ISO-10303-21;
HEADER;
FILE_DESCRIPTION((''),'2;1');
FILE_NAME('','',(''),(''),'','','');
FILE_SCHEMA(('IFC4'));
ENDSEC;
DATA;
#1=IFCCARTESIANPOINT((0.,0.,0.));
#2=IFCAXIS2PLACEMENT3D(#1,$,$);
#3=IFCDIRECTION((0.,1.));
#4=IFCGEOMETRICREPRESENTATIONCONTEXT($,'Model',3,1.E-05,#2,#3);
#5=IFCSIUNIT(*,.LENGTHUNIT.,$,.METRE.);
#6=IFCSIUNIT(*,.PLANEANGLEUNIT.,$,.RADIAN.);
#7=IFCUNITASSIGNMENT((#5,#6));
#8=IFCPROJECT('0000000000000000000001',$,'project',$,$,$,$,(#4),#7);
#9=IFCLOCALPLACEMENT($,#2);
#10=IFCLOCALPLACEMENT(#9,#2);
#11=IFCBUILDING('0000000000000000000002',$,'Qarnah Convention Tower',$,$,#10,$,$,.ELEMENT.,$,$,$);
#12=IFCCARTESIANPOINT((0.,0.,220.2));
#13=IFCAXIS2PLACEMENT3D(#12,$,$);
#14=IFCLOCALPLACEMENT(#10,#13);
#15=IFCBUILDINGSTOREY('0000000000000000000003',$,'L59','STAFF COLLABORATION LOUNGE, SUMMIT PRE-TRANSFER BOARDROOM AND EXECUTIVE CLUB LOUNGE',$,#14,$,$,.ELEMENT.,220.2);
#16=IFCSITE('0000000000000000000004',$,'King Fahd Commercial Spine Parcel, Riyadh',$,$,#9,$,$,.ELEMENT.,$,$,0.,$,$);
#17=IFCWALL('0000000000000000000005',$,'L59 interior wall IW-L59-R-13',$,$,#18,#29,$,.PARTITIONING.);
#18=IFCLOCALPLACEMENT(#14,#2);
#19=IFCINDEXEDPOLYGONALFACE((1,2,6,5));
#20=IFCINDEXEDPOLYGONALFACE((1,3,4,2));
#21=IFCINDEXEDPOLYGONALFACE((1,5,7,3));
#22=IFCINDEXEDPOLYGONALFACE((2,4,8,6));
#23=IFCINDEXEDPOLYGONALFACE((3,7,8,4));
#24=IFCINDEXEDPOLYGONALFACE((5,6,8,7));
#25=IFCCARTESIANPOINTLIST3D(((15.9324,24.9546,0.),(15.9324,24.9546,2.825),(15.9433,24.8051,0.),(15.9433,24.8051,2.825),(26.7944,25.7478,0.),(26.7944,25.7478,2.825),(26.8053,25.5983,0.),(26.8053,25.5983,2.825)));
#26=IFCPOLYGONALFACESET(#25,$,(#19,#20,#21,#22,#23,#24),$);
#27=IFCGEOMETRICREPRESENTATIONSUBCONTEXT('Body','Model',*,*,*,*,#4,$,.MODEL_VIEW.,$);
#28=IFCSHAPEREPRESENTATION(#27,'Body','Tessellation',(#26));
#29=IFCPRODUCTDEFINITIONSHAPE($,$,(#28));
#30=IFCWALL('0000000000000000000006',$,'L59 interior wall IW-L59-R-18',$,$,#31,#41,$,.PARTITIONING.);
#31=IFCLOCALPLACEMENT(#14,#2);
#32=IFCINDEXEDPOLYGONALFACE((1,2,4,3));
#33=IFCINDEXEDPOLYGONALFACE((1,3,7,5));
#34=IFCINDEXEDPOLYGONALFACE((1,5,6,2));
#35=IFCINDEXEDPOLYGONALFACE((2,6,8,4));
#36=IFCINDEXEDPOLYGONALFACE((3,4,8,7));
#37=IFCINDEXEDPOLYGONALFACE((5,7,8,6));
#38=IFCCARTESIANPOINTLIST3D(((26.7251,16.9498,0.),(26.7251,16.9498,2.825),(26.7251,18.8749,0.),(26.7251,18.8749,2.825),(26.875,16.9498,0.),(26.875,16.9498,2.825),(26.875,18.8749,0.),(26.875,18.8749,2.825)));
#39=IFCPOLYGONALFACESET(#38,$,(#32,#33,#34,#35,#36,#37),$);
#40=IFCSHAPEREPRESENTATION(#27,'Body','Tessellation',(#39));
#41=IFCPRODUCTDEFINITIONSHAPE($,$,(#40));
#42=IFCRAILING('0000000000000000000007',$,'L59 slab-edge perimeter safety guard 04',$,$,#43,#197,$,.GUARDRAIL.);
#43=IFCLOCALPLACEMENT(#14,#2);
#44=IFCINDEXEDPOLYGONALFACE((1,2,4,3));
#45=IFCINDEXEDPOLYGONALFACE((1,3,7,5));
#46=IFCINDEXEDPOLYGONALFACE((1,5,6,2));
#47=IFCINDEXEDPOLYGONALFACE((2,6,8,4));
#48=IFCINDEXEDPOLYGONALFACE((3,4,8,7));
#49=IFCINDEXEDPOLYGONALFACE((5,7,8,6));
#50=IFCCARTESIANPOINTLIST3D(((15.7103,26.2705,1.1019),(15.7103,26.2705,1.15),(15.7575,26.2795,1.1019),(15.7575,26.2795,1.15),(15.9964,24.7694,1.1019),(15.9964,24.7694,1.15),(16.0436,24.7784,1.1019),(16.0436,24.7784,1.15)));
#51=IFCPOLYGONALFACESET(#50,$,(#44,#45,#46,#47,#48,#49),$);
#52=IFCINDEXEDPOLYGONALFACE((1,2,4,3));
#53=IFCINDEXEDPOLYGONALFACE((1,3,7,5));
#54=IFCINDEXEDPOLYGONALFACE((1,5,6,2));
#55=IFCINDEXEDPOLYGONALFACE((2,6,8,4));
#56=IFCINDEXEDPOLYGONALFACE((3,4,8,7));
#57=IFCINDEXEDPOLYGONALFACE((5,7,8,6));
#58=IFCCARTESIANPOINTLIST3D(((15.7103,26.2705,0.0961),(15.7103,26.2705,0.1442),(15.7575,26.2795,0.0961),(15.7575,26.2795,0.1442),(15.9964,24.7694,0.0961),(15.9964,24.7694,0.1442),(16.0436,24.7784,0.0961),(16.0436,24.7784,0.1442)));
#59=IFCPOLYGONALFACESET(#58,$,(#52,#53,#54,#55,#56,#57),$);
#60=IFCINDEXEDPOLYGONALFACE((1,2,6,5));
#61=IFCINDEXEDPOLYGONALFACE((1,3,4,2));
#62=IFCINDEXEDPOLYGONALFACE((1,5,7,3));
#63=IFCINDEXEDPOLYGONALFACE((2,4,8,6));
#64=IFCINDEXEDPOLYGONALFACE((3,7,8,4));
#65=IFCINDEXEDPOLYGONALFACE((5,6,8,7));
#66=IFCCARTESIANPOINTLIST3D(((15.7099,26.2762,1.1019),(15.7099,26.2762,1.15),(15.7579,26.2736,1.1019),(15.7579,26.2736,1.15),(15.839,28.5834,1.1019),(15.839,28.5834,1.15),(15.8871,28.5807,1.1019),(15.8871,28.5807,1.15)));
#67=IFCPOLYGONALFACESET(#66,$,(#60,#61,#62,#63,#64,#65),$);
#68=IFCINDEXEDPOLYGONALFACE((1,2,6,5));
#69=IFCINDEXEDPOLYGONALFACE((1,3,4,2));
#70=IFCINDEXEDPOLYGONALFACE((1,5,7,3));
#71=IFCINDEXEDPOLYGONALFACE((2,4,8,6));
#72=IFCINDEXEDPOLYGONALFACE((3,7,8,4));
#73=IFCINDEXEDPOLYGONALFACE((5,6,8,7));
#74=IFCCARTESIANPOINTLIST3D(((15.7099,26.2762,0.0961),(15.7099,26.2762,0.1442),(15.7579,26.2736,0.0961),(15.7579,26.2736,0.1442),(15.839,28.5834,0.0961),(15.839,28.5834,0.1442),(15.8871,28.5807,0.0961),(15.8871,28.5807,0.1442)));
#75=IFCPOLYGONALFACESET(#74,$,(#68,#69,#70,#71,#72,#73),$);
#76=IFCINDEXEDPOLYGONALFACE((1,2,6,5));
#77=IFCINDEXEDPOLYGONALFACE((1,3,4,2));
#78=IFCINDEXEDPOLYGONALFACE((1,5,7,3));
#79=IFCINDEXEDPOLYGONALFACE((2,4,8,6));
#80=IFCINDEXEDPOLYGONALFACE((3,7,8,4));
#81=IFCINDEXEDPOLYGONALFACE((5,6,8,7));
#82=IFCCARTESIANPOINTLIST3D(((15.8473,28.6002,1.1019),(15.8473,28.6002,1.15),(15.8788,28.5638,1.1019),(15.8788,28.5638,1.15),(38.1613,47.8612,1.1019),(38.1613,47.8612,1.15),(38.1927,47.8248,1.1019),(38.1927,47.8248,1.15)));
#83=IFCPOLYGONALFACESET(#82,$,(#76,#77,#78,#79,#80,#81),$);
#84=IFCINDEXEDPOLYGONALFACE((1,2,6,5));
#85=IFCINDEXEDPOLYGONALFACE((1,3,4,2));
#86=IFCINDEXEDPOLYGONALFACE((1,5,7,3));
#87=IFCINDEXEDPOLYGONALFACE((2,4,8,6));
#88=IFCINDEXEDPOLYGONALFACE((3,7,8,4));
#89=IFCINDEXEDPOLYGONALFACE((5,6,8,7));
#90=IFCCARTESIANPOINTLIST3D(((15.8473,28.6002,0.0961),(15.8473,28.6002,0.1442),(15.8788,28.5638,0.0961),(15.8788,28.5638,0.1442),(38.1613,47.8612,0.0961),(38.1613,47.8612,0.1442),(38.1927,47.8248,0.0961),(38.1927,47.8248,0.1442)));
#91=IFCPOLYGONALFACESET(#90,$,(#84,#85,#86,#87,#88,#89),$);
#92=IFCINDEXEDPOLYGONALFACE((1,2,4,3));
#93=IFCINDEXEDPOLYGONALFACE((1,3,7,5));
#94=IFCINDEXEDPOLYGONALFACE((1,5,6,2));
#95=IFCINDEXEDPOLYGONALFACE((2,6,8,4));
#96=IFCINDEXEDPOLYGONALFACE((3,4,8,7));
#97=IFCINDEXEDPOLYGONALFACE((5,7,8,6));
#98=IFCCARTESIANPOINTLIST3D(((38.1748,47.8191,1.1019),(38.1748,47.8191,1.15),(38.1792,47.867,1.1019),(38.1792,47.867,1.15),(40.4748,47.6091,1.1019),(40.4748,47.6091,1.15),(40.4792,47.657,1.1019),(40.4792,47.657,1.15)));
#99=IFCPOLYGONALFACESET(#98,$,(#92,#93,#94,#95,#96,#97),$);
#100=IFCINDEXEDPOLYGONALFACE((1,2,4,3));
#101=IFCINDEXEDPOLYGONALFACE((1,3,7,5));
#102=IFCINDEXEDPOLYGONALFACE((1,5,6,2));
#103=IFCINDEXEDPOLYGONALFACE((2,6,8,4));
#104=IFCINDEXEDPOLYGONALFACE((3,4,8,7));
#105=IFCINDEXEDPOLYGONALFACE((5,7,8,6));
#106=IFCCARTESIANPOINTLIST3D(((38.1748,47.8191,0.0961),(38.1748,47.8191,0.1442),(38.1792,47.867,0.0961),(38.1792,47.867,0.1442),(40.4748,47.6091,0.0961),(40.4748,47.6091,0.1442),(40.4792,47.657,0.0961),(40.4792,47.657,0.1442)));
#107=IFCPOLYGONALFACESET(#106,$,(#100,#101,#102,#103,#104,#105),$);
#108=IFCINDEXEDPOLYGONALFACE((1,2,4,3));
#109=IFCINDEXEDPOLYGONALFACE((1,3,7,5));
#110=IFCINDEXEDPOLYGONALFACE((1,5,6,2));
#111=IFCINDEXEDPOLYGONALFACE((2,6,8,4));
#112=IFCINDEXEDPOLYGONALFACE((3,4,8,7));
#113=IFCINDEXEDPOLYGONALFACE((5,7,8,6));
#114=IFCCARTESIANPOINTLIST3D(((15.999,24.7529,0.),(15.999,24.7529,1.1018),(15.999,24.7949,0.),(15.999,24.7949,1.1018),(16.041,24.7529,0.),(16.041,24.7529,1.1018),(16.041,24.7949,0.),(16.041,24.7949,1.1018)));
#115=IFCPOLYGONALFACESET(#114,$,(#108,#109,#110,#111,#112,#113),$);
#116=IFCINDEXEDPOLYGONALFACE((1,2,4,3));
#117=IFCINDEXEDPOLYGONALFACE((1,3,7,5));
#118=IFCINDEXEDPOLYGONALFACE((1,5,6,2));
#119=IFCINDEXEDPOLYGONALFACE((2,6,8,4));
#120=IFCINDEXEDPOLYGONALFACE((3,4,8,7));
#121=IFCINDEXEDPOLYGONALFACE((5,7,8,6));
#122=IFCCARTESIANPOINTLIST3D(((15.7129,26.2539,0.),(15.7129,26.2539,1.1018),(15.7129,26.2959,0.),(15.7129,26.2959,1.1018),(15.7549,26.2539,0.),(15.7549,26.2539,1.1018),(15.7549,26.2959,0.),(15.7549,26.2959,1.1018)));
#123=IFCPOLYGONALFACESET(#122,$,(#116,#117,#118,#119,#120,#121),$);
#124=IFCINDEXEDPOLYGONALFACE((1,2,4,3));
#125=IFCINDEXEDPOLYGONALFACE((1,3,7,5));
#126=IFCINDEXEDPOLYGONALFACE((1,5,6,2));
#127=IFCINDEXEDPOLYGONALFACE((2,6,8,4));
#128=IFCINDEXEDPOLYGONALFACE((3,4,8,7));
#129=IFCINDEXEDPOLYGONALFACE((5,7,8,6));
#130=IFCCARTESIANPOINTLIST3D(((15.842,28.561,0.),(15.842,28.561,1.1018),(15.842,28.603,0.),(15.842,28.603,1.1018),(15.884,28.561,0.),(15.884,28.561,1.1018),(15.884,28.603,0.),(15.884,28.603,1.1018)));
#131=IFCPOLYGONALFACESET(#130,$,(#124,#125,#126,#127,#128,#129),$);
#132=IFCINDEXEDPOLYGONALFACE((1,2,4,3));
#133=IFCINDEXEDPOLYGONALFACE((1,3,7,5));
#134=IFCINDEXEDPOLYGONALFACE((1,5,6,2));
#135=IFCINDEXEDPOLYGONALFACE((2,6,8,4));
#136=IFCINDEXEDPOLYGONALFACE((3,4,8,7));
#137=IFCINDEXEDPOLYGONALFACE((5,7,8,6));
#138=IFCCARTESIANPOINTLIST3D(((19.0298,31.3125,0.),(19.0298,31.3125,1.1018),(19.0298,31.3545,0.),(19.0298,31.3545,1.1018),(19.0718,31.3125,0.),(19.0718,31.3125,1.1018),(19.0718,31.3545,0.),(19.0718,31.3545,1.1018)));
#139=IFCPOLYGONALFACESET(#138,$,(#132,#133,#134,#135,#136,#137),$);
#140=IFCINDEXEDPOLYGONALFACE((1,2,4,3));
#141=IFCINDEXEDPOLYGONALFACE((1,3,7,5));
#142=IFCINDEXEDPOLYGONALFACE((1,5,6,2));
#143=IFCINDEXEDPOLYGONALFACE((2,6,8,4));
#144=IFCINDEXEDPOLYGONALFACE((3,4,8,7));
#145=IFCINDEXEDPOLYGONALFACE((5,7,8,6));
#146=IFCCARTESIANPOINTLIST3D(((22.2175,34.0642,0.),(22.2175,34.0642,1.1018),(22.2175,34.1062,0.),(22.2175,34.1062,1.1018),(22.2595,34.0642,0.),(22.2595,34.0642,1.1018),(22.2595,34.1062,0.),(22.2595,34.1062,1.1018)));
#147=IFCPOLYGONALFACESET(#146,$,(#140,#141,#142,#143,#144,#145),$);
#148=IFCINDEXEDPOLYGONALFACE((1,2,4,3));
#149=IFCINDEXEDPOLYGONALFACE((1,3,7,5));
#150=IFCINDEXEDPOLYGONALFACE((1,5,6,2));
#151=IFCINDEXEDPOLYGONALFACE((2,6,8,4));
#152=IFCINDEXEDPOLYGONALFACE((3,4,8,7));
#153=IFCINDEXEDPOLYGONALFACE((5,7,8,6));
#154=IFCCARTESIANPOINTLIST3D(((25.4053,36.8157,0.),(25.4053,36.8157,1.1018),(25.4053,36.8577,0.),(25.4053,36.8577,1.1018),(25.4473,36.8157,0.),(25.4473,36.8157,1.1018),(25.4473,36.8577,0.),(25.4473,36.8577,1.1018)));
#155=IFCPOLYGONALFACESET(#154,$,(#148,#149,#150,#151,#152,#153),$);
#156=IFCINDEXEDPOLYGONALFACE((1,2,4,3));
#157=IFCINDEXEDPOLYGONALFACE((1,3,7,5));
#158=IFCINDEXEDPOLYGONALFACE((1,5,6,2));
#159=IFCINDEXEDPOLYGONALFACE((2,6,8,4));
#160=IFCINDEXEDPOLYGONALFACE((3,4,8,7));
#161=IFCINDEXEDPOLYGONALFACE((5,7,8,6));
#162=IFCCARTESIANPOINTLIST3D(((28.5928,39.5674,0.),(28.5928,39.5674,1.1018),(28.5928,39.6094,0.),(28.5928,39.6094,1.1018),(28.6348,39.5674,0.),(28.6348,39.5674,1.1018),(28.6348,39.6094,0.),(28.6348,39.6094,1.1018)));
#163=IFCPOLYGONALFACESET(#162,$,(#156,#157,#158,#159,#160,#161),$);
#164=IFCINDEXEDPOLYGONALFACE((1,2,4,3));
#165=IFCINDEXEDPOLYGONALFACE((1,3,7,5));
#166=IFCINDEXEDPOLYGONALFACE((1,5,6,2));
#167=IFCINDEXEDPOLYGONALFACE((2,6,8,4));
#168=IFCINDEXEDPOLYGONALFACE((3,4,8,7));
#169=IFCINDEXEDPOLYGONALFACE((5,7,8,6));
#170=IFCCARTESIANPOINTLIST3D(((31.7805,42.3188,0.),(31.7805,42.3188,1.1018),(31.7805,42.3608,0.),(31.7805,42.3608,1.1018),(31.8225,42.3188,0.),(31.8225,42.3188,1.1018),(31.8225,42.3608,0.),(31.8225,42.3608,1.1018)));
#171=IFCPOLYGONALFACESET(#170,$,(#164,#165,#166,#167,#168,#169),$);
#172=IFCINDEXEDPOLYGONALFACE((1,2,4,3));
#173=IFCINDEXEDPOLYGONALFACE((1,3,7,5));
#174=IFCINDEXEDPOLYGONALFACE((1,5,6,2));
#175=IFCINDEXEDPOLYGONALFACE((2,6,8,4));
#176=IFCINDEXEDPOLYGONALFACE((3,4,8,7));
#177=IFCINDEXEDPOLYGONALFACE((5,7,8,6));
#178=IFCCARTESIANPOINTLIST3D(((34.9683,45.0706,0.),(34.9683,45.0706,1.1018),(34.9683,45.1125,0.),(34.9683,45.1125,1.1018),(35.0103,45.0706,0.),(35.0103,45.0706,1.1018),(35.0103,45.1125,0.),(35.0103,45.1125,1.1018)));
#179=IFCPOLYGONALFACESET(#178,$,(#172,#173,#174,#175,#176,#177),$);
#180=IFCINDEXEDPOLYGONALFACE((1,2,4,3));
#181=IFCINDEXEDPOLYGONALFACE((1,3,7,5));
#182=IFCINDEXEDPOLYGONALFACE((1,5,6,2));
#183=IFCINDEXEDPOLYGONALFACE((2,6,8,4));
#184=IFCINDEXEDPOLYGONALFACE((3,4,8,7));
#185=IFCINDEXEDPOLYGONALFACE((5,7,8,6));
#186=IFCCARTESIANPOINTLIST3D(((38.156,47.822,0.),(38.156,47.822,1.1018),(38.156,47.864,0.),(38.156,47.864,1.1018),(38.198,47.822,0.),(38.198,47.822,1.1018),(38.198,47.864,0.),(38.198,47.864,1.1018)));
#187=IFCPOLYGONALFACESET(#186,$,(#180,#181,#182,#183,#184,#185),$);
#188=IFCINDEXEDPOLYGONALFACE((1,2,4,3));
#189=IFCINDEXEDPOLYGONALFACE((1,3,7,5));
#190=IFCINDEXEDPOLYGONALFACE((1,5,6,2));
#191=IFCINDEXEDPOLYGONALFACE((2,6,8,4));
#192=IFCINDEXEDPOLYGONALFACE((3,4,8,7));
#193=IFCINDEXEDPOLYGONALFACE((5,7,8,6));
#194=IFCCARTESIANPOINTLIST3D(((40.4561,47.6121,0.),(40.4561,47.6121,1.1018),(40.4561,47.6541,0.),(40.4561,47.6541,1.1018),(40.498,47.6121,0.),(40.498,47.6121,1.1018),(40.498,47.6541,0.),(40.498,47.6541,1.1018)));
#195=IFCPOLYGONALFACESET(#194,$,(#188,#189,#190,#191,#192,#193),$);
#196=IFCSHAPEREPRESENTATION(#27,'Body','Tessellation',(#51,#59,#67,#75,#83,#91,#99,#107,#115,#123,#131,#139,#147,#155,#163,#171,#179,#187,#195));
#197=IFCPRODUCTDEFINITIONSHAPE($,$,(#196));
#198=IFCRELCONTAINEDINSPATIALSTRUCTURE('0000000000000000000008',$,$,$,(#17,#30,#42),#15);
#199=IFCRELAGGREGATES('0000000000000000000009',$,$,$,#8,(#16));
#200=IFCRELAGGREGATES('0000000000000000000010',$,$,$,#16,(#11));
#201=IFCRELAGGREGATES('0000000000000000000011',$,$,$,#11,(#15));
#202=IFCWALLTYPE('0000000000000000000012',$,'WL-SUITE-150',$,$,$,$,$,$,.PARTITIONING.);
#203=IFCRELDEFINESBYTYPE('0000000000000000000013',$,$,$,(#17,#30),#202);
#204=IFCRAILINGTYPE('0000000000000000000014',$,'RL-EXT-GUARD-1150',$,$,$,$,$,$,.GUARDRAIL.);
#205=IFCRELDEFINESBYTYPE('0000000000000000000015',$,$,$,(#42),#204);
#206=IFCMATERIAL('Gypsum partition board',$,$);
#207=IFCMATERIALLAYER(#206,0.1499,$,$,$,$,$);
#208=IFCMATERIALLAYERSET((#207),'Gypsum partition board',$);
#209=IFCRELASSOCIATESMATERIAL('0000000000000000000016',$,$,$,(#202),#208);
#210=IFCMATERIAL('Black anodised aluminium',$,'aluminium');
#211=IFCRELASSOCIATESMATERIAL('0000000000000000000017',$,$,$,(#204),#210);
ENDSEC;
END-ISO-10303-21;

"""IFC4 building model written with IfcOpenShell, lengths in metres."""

from ifc_helpers import new_model, si_unit, direction, frame, frame_2d, origin, origin_2d, place, context, subcontext, project, spatial, rectangle, extrude, material, layer, layer_set, type_object, element, save


model = new_model("IFC4")

# Units and contexts
model_context = context("Model", 3, precision=1e-05, world=origin(), true_north=direction((0.0, 1.0)))
body_context = subcontext(model_context, "Body", "Model", "MODEL_VIEW")
ifc_project = project(units=[si_unit("LENGTHUNIT", "METRE"), si_unit("PLANEANGLEUNIT", "RADIAN")], contexts=[model_context])

# Site, building, storey
site_placement = place(None, origin())
site = spatial("IfcSite", under=ifc_project, at=site_placement, Name="King Fahd Commercial Spine Parcel, Riyadh", CompositionType="ELEMENT", RefElevation=0.0)
building_placement = place(site_placement, origin())
building = spatial("IfcBuilding", under=site, at=building_placement, Name="Qarnah Convention Tower", CompositionType="ELEMENT")
storey_placement = place(building_placement, frame((0.0, 0.0, 220.2)))
storey = spatial("IfcBuildingStorey", under=building, at=storey_placement, Name="L59", Description="STAFF COLLABORATION LOUNGE, SUMMIT PRE-TRANSFER BOARDROOM AND EXECUTIVE CLUB LOUNGE", CompositionType="ELEMENT", Elevation=220.2)

# Shared definitions
ifc_material_1 = material(Name="Black anodised aluminium", Category="aluminium")

# Walls
ifc_material_2 = material(Name="Gypsum partition board")
ifc_layer_1 = layer(ifc_material_2, 0.1499)
ifc_layer_set_1 = layer_set([ifc_layer_1], Name="Gypsum partition board")
wall_type_1 = type_object("IfcWallType", Name="WL-SUITE-150", PredefinedType="PARTITIONING", material=ifc_layer_set_1)
wall_1_placement = place(storey_placement, frame((15.938, 24.8799, 0.0), z_axis=(0.0, 0.0, 1.0), x_axis=(0.997344, 0.072832, 0.0)))
element("IfcWall", 1, at=wall_1_placement, inside=storey, type_object=wall_type_1, Name="L59 interior wall IW-L59-R-13", PredefinedType="PARTITIONING", context=body_context, shape_type="SweptSolid", body=[
    extrude(rectangle(XDim=10.8909, YDim=0.1499, at=frame_2d((5.4453, 0.0))), origin(), (0.0, 0.0, 1.0), 2.825),
])
wall_2_placement = place(storey_placement, frame((26.8, 16.95, 0.0), z_axis=(0.0, 0.0, 1.0), x_axis=(0.0, 1.0, 0.0)))
element("IfcWall", 2, at=wall_2_placement, inside=storey, type_object=wall_type_1, Name="L59 interior wall IW-L59-R-18", PredefinedType="PARTITIONING", context=body_context, shape_type="SweptSolid", body=[
    extrude(rectangle(XDim=1.925, YDim=0.1499, at=frame_2d((0.9624, 0.0))), origin(), (0.0, 0.0, 1.0), 2.825),
])

# Railing
railing_type = type_object("IfcRailingType", Name="RL-EXT-GUARD-1150", PredefinedType="GUARDRAIL", material=ifc_material_1)
railing_1_placement = place(storey_placement, frame((16.02, 24.7739, 0.0)))
element("IfcRailing", 3, at=railing_1_placement, inside=storey, type_object=railing_type, Name="L59 slab-edge perimeter safety guard 04", PredefinedType="GUARDRAIL", context=body_context, shape_type="SweptSolid", body=[
    extrude(rectangle(XDim=0.0481, YDim=0.0481, at=origin_2d()), frame((0.0, 0.0, 1.126), z_axis=(-0.187259, 0.982311, 0.0), x_axis=(-0.982311, -0.187259, 0.0)), (0.0, 0.0, 1.0), 1.5281),
    extrude(rectangle(XDim=0.0481, YDim=0.0481, at=origin_2d()), frame((0.0, 0.0, 0.1201), z_axis=(-0.187259, 0.982311, 0.0), x_axis=(-0.982311, -0.187259, 0.0)), (0.0, 0.0, 1.0), 1.5281),
    extrude(rectangle(XDim=0.0481, YDim=0.0481, at=origin_2d()), frame((-0.2861, 1.501, 1.126), z_axis=(0.055891, 0.998437, 0.0), x_axis=(-0.998437, 0.055891, 0.0)), (0.0, 0.0, 1.0), 2.3108),
    extrude(rectangle(XDim=0.0481, YDim=0.0481, at=origin_2d()), frame((-0.2861, 1.501, 0.1201), z_axis=(0.055891, 0.998437, 0.0), x_axis=(-0.998437, 0.055891, 0.0)), (0.0, 0.0, 1.0), 2.3108),
    extrude(rectangle(XDim=0.0481, YDim=0.0481, at=origin_2d()), frame((-0.157, 3.8081, 1.126), z_axis=(0.756994, 0.653422, 0.0), x_axis=(-0.653422, 0.756994, 0.0)), (0.0, 0.0, 1.0), 29.4771),
    extrude(rectangle(XDim=0.0481, YDim=0.0481, at=origin_2d()), frame((-0.157, 3.8081, 0.1201), z_axis=(0.756994, 0.653422, 0.0), x_axis=(-0.653422, 0.756994, 0.0)), (0.0, 0.0, 1.0), 29.4771),
    extrude(rectangle(XDim=0.0481, YDim=0.0481, at=origin_2d()), frame((22.157, 23.0691, 1.126), z_axis=(0.995859, -0.090907, 0.0), x_axis=(0.090907, 0.995859, 0.0)), (0.0, 0.0, 1.0), 2.3096),
    extrude(rectangle(XDim=0.0481, YDim=0.0481, at=origin_2d()), frame((22.157, 23.0691, 0.1201), z_axis=(0.995859, -0.090907, 0.0), x_axis=(0.090907, 0.995859, 0.0)), (0.0, 0.0, 1.0), 2.3096),
    extrude(rectangle(XDim=0.042, YDim=0.042, at=origin_2d()), origin(), (0.0, 0.0, 1.0), 1.1018),
    extrude(rectangle(XDim=0.042, YDim=0.042, at=origin_2d()), frame((-0.2861, 1.501, 0.0)), (0.0, 0.0, 1.0), 1.1018),
    extrude(rectangle(XDim=0.042, YDim=0.042, at=origin_2d()), frame((-0.157, 3.8081, 0.0)), (0.0, 0.0, 1.0), 1.1018),
    extrude(rectangle(XDim=0.042, YDim=0.042, at=origin_2d()), frame((3.0308, 6.5596, 0.0)), (0.0, 0.0, 1.0), 1.1018),
    extrude(rectangle(XDim=0.042, YDim=0.042, at=origin_2d()), frame((6.2185, 9.3113, 0.0)), (0.0, 0.0, 1.0), 1.1018),
    extrude(rectangle(XDim=0.042, YDim=0.042, at=origin_2d()), frame((9.4062, 12.0627, 0.0)), (0.0, 0.0, 1.0), 1.1018),
    extrude(rectangle(XDim=0.042, YDim=0.042, at=origin_2d()), frame((12.5938, 14.8145, 0.0)), (0.0, 0.0, 1.0), 1.1018),
    extrude(rectangle(XDim=0.042, YDim=0.042, at=origin_2d()), frame((15.7815, 17.5659, 0.0)), (0.0, 0.0, 1.0), 1.1018),
    extrude(rectangle(XDim=0.042, YDim=0.042, at=origin_2d()), frame((18.9692, 20.3176, 0.0)), (0.0, 0.0, 1.0), 1.1018),
    extrude(rectangle(XDim=0.042, YDim=0.042, at=origin_2d()), frame((22.157, 23.0691, 0.0)), (0.0, 0.0, 1.0), 1.1018),
    extrude(rectangle(XDim=0.042, YDim=0.042, at=origin_2d()), frame((24.457, 22.8591, 0.0)), (0.0, 0.0, 1.0), 1.1018),
])

save(model, "model.ifc")
